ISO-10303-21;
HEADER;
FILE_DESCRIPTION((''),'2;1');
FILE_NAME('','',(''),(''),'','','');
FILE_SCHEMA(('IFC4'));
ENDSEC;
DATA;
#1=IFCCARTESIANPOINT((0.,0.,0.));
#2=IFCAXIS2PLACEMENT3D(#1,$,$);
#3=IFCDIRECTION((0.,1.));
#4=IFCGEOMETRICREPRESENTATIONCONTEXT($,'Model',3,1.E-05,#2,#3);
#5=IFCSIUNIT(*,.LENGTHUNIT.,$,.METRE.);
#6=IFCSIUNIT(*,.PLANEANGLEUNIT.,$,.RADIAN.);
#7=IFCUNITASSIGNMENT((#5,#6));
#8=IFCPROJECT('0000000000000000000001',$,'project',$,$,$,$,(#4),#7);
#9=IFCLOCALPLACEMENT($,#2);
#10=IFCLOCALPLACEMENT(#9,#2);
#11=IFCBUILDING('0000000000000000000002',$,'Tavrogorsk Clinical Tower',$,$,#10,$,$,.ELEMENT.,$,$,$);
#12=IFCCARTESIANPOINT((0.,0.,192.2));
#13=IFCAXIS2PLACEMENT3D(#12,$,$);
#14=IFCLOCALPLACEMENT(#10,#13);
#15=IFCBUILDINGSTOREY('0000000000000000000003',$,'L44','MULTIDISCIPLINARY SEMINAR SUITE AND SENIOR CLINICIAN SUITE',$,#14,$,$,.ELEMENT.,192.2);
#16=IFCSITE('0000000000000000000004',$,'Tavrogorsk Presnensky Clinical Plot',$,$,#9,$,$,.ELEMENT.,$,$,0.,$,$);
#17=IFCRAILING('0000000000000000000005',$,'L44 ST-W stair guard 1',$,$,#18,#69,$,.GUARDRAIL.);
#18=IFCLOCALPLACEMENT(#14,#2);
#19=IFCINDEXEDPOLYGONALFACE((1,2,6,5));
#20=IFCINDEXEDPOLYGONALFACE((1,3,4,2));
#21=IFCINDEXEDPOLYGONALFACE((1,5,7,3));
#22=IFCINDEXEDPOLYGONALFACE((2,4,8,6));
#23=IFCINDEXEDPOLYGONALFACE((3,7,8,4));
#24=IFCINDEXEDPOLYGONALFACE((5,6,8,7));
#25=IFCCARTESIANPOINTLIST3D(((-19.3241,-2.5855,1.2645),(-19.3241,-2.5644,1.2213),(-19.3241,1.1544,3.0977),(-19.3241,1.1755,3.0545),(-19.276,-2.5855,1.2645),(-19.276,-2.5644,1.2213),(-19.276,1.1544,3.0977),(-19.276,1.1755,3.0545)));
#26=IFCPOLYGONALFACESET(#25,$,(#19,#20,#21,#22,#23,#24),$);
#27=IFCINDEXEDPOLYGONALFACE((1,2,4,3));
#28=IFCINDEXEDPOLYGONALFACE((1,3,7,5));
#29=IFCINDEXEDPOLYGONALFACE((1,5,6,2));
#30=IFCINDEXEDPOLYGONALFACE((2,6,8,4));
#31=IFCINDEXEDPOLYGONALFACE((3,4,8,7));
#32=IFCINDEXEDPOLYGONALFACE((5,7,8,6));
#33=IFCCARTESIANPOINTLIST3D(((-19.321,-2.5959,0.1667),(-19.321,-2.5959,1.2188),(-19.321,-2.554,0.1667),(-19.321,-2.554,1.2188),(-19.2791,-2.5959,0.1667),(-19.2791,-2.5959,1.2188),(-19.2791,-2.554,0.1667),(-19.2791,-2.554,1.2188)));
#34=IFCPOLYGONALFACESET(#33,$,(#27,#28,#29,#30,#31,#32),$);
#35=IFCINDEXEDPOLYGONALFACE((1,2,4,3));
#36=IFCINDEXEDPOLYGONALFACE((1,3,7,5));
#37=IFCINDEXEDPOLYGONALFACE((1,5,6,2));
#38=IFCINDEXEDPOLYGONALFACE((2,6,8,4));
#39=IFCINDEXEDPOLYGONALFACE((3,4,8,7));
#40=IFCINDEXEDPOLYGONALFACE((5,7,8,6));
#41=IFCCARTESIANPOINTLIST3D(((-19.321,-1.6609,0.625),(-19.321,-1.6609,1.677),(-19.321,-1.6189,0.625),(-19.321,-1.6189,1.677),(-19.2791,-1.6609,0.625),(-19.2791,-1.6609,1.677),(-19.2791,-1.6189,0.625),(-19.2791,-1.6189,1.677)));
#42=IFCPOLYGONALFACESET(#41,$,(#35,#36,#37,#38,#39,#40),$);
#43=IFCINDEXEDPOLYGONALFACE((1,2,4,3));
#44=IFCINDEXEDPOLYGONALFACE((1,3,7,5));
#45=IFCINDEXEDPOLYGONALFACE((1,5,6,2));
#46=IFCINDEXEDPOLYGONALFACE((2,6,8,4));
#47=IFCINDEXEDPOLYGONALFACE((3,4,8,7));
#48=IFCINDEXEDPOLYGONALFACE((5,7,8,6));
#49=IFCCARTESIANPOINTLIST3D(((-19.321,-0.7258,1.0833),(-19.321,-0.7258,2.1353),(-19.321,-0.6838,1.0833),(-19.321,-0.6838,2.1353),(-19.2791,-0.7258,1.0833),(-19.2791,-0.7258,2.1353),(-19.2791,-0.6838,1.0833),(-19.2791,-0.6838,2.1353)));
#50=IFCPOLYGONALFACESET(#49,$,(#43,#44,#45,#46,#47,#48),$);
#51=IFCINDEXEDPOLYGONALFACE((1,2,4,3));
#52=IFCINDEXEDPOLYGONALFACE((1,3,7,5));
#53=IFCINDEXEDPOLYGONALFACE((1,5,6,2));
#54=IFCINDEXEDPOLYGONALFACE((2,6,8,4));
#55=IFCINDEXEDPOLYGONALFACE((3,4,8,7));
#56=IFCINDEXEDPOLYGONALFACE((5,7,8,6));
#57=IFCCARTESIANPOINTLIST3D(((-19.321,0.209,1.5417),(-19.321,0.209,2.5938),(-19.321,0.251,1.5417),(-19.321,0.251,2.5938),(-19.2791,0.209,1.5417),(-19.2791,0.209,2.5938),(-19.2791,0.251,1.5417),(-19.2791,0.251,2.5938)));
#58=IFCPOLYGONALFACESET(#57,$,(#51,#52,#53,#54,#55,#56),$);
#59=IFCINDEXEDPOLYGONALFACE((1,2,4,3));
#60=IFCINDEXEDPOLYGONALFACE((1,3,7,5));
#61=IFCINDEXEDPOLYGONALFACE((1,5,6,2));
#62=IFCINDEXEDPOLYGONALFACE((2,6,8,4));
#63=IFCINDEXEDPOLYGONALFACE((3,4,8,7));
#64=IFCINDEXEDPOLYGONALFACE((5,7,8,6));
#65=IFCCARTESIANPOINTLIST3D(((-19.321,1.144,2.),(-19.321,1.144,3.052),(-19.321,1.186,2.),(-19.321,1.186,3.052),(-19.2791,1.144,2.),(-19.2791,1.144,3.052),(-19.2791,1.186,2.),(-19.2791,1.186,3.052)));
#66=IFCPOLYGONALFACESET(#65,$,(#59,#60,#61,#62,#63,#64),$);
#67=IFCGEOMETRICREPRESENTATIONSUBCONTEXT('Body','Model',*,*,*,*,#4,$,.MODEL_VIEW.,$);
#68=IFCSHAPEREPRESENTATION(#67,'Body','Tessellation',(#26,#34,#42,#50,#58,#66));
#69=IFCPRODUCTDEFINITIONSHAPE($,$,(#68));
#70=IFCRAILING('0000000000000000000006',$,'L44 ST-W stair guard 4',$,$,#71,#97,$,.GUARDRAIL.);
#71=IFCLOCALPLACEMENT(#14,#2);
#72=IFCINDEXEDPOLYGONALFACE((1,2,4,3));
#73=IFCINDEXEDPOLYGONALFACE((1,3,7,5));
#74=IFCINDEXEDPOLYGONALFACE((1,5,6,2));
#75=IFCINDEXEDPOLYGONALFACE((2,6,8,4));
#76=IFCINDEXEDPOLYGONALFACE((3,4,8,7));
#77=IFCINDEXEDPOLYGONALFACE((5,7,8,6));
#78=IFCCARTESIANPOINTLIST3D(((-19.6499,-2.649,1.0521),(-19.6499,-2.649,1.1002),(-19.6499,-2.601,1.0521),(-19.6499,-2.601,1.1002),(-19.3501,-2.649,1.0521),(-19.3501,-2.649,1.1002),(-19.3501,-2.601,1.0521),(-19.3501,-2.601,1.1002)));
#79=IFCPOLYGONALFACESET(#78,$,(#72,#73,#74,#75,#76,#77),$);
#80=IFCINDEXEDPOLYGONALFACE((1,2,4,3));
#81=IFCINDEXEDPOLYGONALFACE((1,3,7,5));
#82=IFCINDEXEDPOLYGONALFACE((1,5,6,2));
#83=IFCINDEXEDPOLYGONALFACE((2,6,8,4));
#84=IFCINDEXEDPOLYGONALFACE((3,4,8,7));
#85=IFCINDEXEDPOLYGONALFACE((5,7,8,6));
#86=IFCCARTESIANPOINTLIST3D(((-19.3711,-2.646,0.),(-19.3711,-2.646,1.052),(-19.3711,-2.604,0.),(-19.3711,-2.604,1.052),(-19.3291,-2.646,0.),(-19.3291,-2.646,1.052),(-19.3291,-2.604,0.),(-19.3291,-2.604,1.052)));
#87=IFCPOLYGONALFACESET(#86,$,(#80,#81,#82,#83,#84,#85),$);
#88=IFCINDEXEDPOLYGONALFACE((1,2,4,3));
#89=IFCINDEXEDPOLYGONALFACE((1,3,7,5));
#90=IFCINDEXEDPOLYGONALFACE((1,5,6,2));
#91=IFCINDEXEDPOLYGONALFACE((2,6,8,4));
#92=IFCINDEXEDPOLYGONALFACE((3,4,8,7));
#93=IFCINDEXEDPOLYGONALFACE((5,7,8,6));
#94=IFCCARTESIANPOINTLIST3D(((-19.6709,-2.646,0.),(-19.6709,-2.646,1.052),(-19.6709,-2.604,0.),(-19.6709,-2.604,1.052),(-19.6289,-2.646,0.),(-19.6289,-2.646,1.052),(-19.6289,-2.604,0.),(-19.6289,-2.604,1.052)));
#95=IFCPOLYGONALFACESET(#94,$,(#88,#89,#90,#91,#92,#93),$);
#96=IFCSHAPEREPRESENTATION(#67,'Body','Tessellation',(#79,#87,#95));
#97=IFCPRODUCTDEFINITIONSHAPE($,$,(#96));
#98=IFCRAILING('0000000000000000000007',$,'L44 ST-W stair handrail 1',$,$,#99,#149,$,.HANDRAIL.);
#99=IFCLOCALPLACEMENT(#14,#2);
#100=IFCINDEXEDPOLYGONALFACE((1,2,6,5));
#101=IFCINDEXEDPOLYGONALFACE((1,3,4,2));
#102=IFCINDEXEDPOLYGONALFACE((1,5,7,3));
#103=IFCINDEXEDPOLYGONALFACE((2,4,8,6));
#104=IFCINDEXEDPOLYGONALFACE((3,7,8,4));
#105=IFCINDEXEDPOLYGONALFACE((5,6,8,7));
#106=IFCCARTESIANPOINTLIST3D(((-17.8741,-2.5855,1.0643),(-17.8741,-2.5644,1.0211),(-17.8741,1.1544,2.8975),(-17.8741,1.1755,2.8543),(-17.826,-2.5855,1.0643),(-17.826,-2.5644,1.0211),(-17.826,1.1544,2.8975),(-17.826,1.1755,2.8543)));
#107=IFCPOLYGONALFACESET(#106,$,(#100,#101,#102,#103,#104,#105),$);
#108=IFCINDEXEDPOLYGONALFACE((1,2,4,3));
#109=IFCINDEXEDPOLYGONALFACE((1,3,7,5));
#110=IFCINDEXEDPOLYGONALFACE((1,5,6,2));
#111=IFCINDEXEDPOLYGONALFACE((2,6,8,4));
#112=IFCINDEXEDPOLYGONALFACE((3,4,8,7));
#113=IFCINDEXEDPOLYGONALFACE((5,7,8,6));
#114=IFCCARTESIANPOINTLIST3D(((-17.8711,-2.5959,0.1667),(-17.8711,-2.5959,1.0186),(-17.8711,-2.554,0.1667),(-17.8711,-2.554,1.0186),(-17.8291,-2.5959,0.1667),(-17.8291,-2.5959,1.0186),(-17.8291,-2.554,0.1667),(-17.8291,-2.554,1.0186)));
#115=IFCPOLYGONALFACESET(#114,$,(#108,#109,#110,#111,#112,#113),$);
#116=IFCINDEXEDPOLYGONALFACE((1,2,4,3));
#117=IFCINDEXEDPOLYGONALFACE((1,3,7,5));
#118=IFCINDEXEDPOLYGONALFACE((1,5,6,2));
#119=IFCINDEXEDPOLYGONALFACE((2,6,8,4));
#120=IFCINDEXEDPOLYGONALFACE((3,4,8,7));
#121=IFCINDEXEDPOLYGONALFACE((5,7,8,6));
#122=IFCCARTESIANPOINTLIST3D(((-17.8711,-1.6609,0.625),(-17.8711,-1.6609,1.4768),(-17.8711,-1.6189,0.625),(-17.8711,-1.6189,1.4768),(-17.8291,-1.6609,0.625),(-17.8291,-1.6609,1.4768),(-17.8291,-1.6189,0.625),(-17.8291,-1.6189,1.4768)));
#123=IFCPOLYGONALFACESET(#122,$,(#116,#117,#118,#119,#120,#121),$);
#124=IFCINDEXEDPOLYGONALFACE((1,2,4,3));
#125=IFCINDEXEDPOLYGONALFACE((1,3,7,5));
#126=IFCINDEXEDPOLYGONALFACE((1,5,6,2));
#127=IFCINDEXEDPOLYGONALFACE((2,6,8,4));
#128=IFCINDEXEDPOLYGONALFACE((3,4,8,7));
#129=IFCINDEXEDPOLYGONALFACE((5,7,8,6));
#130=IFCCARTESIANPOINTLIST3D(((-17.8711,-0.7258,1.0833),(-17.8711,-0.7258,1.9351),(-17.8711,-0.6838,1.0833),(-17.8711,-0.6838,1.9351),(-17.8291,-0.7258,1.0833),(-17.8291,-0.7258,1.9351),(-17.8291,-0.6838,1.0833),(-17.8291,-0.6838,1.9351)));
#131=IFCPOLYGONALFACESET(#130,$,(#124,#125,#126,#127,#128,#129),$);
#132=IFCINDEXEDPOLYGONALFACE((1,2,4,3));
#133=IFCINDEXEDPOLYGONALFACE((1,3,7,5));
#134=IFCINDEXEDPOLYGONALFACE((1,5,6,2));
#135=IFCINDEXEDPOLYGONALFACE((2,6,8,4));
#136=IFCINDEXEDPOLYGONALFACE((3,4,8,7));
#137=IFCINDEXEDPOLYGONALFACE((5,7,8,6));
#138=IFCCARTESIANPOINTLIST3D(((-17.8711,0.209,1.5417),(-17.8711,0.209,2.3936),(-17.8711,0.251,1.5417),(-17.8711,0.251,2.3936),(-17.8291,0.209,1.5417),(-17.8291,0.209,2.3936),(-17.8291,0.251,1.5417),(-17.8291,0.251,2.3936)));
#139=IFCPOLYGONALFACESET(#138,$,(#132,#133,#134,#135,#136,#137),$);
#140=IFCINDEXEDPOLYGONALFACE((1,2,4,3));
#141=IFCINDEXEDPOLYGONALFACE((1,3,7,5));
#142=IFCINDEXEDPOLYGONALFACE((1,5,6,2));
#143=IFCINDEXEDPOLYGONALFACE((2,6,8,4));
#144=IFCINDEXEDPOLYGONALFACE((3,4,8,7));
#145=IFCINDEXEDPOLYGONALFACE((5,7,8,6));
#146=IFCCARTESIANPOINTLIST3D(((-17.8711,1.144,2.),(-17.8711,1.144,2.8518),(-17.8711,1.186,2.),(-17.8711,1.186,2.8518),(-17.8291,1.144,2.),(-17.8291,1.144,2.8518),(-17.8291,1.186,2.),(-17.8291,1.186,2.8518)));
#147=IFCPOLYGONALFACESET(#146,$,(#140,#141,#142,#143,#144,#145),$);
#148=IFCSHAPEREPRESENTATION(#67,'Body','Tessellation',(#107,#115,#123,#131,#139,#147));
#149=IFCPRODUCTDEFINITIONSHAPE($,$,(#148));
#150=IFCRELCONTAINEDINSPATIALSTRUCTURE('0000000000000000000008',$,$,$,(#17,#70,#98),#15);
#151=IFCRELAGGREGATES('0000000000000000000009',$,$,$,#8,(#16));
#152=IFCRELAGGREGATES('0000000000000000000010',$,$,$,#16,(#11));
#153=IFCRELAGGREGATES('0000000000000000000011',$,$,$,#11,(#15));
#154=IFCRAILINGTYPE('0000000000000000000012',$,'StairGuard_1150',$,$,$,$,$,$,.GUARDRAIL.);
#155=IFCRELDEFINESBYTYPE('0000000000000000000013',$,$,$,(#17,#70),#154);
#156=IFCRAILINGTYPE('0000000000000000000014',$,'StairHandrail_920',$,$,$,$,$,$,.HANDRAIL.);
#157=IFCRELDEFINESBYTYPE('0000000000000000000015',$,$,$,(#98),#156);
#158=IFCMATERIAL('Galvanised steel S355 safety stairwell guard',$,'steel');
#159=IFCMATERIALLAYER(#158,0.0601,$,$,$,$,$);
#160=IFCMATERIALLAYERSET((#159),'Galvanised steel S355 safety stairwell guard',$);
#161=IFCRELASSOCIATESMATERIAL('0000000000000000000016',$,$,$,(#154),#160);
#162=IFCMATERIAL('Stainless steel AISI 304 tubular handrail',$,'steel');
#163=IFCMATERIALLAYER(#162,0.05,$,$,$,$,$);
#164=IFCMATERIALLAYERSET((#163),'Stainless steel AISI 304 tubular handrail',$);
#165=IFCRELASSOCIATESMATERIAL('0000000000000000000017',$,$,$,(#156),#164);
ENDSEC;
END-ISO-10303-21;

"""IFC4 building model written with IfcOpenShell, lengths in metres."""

from ifc_helpers import new_model, si_unit, direction, frame, origin, origin_2d, place, context, subcontext, project, spatial, rectangle, extrude, material, layer, layer_set, type_object, element, save


model = new_model("IFC4")

# Units and contexts
model_context = context("Model", 3, precision=1e-05, world=origin(), true_north=direction((0.0, 1.0)))
body_context = subcontext(model_context, "Body", "Model", "MODEL_VIEW")
ifc_project = project(units=[si_unit("LENGTHUNIT", "METRE"), si_unit("PLANEANGLEUNIT", "RADIAN")], contexts=[model_context])

# Site, building, storey
site_placement = place(None, origin())
site = spatial("IfcSite", under=ifc_project, at=site_placement, Name="Tavrogorsk Presnensky Clinical Plot", CompositionType="ELEMENT", RefElevation=0.0)
building_placement = place(site_placement, origin())
building = spatial("IfcBuilding", under=site, at=building_placement, Name="Tavrogorsk Clinical Tower", CompositionType="ELEMENT")
storey_placement = place(building_placement, frame((0.0, 0.0, 192.2)))
storey = spatial("IfcBuildingStorey", under=building, at=storey_placement, Name="L44", Description="MULTIDISCIPLINARY SEMINAR SUITE AND SENIOR CLINICIAN SUITE", CompositionType="ELEMENT", Elevation=192.2)

# Railings
ifc_material_1 = material(Name="Galvanised steel S355 safety stairwell guard", Category="steel")
ifc_layer_1 = layer(ifc_material_1, 0.0601)
ifc_layer_set_1 = layer_set([ifc_layer_1], Name="Galvanised steel S355 safety stairwell guard")
railing_type_1 = type_object("IfcRailingType", Name="StairGuard_1150", PredefinedType="GUARDRAIL", material=ifc_layer_set_1)
railing_1_placement = place(storey_placement, frame((-19.3, -2.575, 0.1667)))
element("IfcRailing", 1, at=railing_1_placement, inside=storey, type_object=railing_type_1, Name="L44 ST-W stair guard 1", PredefinedType="GUARDRAIL", context=body_context, shape_type="SweptSolid", body=[
    extrude(rectangle(XDim=0.0481, YDim=0.0481, at=origin_2d()), frame((0.0, 0.0, 1.0762), z_axis=(0.0, 0.897928, 0.440142), x_axis=(-1.0, 0.0, 0.0)), (0.0, 0.0, 1.0), 4.165),
    extrude(rectangle(XDim=0.042, YDim=0.042, at=origin_2d()), origin(), (0.0, 0.0, 1.0), 1.052),
    extrude(rectangle(XDim=0.042, YDim=0.042, at=origin_2d()), frame((0.0, 0.9351, 0.4583)), (0.0, 0.0, 1.0), 1.052),
    extrude(rectangle(XDim=0.042, YDim=0.042, at=origin_2d()), frame((0.0, 1.8701, 0.9165)), (0.0, 0.0, 1.0), 1.052),
    extrude(rectangle(XDim=0.042, YDim=0.042, at=origin_2d()), frame((0.0, 2.8049, 1.375)), (0.0, 0.0, 1.0), 1.052),
    extrude(rectangle(XDim=0.042, YDim=0.042, at=origin_2d()), frame((0.0, 3.74, 1.8333)), (0.0, 0.0, 1.0), 1.052),
])
railing_2_placement = place(storey_placement, frame((-19.3501, -2.625, 0.0)))
element("IfcRailing", 2, at=railing_2_placement, inside=storey, type_object=railing_type_1, Name="L44 ST-W stair guard 4", PredefinedType="GUARDRAIL", context=body_context, shape_type="SweptSolid", body=[
    extrude(rectangle(XDim=0.0481, YDim=0.0481, at=origin_2d()), frame((0.0, 0.0, 1.0762), z_axis=(-1.0, 0.0, 0.0), x_axis=(0.0, -1.0, 0.0)), (0.0, 0.0, 1.0), 0.2998),
    extrude(rectangle(XDim=0.042, YDim=0.042, at=origin_2d()), origin(), (0.0, 0.0, 1.0), 1.052),
    extrude(rectangle(XDim=0.042, YDim=0.042, at=origin_2d()), frame((-0.2998, 0.0, 0.0)), (0.0, 0.0, 1.0), 1.052),
])
ifc_material_2 = material(Name="Stainless steel AISI 304 tubular handrail", Category="steel")
ifc_layer_2 = layer(ifc_material_2, 0.05)
ifc_layer_set_2 = layer_set([ifc_layer_2], Name="Stainless steel AISI 304 tubular handrail")
railing_type_2 = type_object("IfcRailingType", Name="StairHandrail_920", PredefinedType="HANDRAIL", material=ifc_layer_set_2)
railing_3_placement = place(storey_placement, frame((-17.8501, -2.575, 0.1667)))
element("IfcRailing", 3, at=railing_3_placement, inside=storey, type_object=railing_type_2, Name="L44 ST-W stair handrail 1", PredefinedType="HANDRAIL", context=body_context, shape_type="SweptSolid", body=[
    extrude(rectangle(XDim=0.0481, YDim=0.0481, at=origin_2d()), frame((0.0, 0.0, 0.876), z_axis=(0.0, 0.897928, 0.440142), x_axis=(-1.0, 0.0, 0.0)), (0.0, 0.0, 1.0), 4.165),
    extrude(rectangle(XDim=0.042, YDim=0.042, at=origin_2d()), origin(), (0.0, 0.0, 1.0), 0.8518),
    extrude(rectangle(XDim=0.042, YDim=0.042, at=origin_2d()), frame((0.0, 0.9351, 0.4583)), (0.0, 0.0, 1.0), 0.8518),
    extrude(rectangle(XDim=0.042, YDim=0.042, at=origin_2d()), frame((0.0, 1.8701, 0.9165)), (0.0, 0.0, 1.0), 0.8518),
    extrude(rectangle(XDim=0.042, YDim=0.042, at=origin_2d()), frame((0.0, 2.8049, 1.375)), (0.0, 0.0, 1.0), 0.8518),
    extrude(rectangle(XDim=0.042, YDim=0.042, at=origin_2d()), frame((0.0, 3.74, 1.8333)), (0.0, 0.0, 1.0), 0.8518),
])

save(model, "model.ifc")
